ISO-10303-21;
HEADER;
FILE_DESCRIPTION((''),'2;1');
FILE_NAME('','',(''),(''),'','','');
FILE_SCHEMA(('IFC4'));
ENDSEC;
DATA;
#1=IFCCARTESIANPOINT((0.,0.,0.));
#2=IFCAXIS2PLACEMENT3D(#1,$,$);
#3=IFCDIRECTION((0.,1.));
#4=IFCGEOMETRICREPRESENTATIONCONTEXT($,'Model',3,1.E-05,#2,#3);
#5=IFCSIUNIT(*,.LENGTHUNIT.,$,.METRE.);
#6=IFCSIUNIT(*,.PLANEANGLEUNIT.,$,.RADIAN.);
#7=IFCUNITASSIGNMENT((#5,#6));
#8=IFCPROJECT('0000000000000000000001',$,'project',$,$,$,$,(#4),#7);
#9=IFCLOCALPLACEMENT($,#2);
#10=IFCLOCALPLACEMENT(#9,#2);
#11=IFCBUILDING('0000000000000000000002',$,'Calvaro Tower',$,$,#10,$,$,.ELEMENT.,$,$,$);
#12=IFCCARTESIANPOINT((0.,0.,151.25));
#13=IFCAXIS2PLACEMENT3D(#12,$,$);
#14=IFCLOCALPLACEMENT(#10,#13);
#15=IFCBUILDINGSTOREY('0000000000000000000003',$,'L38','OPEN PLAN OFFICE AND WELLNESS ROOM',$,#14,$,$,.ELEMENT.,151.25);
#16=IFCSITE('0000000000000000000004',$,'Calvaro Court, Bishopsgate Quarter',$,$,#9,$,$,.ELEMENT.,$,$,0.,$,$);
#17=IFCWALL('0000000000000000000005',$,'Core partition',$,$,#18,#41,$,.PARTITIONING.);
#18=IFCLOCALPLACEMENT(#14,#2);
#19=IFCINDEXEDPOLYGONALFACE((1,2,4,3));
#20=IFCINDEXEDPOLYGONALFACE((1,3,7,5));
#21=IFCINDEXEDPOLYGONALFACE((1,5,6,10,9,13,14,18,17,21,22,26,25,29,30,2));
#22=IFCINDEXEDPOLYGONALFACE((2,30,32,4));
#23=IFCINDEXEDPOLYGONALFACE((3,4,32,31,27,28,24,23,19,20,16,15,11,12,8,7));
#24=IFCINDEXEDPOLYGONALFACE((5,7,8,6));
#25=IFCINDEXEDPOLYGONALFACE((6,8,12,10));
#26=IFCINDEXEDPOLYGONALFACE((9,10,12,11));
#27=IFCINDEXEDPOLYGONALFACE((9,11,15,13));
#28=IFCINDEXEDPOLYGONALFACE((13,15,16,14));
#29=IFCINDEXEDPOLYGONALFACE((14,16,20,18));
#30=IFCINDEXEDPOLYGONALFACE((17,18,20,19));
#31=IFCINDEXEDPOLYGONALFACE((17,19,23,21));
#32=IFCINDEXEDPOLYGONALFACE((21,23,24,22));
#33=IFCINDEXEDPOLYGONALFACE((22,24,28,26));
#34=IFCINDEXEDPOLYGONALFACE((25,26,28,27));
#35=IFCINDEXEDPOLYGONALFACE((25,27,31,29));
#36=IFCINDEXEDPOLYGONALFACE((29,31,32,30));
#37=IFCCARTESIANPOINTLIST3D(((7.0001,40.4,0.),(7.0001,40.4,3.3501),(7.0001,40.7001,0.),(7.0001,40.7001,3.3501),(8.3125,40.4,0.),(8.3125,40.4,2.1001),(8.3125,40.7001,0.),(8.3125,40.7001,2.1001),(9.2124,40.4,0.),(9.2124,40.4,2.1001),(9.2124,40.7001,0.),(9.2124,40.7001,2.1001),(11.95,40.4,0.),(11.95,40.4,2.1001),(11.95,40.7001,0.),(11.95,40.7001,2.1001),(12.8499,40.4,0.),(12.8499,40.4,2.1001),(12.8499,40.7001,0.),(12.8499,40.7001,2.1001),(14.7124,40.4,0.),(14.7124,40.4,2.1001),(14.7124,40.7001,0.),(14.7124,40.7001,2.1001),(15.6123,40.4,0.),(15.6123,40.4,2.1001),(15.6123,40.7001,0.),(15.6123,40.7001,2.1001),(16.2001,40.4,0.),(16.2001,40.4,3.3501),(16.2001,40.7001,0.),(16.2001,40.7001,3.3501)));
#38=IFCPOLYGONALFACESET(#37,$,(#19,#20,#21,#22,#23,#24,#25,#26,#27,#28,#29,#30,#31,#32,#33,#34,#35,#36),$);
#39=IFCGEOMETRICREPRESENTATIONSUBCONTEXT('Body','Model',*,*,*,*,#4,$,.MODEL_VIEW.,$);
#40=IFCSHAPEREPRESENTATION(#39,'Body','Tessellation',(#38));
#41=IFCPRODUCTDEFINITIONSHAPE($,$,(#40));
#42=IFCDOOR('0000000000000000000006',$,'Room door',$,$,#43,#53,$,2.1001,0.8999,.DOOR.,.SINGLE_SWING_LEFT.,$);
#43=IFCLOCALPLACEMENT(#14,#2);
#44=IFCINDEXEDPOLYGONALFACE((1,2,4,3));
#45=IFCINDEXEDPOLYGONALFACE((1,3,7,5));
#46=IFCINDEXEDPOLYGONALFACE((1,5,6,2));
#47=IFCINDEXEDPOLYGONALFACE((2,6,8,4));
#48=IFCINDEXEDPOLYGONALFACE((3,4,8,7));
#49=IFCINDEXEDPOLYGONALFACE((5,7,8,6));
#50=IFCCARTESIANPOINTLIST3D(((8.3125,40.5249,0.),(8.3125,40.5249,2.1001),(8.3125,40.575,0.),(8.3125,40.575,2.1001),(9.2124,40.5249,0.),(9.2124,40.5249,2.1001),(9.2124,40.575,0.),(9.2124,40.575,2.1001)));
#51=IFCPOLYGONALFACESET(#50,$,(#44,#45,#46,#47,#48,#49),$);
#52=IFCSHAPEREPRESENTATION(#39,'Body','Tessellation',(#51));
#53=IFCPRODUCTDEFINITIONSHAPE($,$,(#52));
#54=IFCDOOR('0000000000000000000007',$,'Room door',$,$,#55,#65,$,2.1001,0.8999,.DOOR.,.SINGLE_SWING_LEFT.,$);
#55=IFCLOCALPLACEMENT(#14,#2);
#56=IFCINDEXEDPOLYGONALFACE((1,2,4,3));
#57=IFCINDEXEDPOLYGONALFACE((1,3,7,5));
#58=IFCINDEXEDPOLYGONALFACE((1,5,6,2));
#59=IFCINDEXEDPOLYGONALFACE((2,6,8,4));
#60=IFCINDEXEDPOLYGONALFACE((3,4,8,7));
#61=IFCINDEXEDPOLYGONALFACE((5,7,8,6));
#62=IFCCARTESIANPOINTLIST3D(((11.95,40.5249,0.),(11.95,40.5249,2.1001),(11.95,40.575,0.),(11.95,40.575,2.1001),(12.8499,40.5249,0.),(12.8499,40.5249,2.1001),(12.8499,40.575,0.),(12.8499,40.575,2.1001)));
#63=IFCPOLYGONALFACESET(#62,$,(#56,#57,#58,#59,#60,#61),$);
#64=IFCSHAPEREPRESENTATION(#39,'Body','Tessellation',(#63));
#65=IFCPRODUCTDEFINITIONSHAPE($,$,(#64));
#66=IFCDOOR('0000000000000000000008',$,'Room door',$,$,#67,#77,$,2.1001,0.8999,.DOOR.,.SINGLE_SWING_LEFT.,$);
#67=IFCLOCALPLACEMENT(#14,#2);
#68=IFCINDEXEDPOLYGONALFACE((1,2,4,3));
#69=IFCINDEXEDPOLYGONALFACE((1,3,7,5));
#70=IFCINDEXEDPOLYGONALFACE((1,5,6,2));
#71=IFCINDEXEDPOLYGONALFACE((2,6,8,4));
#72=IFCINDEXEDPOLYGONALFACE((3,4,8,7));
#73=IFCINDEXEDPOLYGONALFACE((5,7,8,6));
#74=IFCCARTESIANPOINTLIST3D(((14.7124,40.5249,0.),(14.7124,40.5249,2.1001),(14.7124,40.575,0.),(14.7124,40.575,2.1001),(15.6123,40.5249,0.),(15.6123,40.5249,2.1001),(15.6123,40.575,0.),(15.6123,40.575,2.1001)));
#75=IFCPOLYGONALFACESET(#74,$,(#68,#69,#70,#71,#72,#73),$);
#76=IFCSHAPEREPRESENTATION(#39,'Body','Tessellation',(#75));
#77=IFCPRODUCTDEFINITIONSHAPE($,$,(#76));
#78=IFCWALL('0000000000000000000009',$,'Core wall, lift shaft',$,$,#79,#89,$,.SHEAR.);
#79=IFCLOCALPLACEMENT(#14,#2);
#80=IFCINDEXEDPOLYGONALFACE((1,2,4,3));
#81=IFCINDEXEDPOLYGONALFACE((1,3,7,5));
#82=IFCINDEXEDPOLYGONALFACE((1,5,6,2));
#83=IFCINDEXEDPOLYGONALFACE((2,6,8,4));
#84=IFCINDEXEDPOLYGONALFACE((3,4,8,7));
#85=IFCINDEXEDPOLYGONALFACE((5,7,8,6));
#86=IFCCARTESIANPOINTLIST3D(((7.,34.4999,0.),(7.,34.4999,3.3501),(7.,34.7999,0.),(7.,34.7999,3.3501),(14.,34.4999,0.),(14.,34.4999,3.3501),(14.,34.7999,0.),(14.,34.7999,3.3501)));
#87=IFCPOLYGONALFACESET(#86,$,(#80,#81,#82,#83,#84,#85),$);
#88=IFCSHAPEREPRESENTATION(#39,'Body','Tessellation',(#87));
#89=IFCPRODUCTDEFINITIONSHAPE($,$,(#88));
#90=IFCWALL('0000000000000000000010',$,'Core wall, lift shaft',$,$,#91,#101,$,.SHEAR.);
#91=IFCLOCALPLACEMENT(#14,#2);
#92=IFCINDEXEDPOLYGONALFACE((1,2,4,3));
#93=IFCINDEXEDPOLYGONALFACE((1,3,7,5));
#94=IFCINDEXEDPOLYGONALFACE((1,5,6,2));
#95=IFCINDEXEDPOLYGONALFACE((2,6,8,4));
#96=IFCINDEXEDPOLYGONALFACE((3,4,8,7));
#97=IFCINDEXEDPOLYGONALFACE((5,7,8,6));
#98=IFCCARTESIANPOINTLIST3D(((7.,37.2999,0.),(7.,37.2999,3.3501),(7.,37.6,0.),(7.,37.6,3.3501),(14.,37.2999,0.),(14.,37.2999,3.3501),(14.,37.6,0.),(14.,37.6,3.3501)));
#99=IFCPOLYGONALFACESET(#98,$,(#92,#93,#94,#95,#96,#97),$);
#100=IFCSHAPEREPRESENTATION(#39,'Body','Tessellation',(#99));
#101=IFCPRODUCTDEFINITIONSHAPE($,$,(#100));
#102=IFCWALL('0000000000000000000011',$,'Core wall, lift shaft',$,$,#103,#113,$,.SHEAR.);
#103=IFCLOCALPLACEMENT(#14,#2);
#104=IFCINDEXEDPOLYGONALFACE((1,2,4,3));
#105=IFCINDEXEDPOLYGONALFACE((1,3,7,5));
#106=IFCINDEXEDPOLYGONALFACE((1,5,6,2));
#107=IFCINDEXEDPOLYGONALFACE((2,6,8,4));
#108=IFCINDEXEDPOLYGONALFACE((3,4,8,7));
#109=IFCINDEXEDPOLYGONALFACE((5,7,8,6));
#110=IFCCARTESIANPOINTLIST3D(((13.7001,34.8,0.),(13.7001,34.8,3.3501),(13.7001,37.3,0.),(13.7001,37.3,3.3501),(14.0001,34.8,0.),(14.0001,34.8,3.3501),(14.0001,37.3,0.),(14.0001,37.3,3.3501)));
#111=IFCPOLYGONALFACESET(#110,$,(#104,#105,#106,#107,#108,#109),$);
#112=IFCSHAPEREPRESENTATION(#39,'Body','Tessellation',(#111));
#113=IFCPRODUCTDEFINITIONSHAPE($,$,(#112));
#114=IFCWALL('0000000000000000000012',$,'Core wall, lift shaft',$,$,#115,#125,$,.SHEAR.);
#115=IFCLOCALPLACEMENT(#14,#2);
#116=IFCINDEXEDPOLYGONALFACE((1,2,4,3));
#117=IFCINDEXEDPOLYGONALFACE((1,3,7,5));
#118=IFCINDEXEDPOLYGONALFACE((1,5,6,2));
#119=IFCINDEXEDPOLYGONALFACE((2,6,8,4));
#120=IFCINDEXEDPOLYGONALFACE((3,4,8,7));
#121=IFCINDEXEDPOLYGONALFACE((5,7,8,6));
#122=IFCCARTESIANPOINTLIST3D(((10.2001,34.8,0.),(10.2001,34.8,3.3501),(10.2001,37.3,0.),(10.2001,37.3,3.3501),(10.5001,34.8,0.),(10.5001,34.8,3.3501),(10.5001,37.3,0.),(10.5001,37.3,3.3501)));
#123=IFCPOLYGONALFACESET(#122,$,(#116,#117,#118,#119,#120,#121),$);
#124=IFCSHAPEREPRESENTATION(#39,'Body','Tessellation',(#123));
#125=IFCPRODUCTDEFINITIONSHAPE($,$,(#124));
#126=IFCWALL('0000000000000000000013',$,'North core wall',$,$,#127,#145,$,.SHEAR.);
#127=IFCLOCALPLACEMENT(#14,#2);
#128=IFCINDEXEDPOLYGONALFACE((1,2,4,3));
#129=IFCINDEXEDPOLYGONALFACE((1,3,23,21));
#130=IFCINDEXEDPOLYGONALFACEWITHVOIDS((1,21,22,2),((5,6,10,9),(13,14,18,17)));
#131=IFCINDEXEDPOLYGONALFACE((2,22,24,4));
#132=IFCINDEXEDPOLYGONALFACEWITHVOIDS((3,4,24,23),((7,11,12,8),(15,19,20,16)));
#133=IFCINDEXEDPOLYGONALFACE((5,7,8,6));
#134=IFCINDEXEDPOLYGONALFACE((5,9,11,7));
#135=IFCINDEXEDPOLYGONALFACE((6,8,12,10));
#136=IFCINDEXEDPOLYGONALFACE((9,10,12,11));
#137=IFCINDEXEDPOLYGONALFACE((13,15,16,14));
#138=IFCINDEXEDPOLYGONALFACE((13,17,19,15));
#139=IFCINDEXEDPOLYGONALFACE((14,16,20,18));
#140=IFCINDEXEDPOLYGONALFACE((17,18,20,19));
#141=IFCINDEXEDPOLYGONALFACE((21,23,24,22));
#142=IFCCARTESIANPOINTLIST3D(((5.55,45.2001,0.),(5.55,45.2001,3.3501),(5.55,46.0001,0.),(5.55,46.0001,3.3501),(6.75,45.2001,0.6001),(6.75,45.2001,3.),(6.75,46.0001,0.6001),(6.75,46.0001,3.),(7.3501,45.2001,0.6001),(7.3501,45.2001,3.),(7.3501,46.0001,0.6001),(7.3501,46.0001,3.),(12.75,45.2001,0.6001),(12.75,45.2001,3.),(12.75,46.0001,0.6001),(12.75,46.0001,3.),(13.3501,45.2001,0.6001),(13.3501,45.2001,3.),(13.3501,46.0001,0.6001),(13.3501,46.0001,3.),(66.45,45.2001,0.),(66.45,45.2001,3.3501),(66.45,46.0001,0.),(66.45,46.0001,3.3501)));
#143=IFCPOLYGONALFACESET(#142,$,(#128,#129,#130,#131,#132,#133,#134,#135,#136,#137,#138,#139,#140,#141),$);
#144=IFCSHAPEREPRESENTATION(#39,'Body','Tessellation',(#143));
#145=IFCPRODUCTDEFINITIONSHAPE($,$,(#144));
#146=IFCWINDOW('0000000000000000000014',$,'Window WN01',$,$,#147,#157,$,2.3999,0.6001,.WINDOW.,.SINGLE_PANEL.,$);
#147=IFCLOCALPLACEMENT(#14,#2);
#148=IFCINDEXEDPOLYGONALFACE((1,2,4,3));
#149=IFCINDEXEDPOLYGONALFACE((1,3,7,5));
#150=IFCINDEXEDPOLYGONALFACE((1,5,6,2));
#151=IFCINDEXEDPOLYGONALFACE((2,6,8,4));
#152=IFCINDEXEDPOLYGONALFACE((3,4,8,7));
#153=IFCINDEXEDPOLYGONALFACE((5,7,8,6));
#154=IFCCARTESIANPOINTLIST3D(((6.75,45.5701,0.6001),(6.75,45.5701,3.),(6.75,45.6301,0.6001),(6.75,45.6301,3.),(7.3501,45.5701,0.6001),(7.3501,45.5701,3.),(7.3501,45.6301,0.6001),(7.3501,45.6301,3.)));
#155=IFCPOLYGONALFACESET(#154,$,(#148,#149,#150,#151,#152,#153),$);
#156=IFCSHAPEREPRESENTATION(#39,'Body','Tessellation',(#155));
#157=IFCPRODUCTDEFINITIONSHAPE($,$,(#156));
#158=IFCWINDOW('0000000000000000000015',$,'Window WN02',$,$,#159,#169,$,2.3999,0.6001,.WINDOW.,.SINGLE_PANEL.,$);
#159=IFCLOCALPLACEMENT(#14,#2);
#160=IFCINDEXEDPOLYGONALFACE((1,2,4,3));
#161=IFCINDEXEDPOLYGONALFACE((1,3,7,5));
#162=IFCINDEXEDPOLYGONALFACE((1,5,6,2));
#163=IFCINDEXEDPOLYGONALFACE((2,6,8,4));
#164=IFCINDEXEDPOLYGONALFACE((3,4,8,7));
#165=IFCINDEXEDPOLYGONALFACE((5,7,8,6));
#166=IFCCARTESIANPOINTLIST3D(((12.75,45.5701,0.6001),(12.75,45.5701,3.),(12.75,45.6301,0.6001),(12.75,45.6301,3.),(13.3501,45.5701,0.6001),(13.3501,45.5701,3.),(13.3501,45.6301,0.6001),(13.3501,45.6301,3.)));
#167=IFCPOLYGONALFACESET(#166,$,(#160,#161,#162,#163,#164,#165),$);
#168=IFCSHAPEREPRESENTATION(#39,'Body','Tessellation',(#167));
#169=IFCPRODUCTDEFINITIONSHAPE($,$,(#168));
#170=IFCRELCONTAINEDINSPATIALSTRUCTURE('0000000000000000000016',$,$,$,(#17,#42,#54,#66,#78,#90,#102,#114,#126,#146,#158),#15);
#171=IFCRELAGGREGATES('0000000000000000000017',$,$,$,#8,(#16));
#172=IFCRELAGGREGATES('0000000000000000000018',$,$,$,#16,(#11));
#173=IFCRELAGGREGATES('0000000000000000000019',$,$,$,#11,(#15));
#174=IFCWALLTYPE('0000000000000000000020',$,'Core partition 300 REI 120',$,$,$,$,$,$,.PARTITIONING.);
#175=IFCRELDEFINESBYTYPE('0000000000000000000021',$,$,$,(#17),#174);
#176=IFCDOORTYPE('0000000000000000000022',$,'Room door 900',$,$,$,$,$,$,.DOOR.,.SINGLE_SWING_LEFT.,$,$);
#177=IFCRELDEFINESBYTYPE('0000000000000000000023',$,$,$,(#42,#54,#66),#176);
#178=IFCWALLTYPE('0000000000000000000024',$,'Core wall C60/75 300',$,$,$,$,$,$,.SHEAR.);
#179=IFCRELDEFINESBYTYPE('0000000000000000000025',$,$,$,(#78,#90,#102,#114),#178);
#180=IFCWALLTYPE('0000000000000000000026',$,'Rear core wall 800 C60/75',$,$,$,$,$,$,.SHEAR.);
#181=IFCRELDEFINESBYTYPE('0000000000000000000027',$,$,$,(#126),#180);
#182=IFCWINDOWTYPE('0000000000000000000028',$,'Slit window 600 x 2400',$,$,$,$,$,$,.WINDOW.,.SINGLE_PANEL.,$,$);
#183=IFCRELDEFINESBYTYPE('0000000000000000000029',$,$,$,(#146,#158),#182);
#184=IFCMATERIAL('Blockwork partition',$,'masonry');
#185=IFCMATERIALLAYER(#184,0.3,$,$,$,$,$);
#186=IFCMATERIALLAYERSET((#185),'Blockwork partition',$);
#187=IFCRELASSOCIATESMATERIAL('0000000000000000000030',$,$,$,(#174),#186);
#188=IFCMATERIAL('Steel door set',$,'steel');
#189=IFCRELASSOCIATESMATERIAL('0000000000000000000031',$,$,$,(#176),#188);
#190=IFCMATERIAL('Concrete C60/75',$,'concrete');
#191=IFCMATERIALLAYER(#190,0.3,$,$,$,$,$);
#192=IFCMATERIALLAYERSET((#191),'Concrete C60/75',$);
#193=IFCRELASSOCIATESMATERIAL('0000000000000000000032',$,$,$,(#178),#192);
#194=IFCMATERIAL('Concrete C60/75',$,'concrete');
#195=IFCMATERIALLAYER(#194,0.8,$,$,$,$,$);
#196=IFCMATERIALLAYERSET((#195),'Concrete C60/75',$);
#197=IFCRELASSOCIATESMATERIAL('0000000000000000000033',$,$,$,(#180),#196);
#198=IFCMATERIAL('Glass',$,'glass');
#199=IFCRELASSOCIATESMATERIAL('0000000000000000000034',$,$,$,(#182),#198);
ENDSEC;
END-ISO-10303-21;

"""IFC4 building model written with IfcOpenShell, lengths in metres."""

from ifc_helpers import new_model, si_unit, direction, frame, frame_2d, origin, place, context, subcontext, project, spatial, rectangle, extrude, material, layer, layer_set, type_object, element, fill, save


model = new_model("IFC4")

# Units and contexts
model_context = context("Model", 3, precision=1e-05, world=origin(), true_north=direction((0.0, 1.0)))
body_context = subcontext(model_context, "Body", "Model", "MODEL_VIEW")
ifc_project = project(units=[si_unit("LENGTHUNIT", "METRE"), si_unit("PLANEANGLEUNIT", "RADIAN")], contexts=[model_context])

# Site, building, storey
site_placement = place(None, origin())
site = spatial("IfcSite", under=ifc_project, at=site_placement, Name="Calvaro Court, Bishopsgate Quarter", CompositionType="ELEMENT", RefElevation=0.0)
building_placement = place(site_placement, origin())
building = spatial("IfcBuilding", under=site, at=building_placement, Name="Calvaro Tower", CompositionType="ELEMENT")
storey_placement = place(building_placement, frame((0.0, 0.0, 151.25)))
storey = spatial("IfcBuildingStorey", under=building, at=storey_placement, Name="L38", Description="OPEN PLAN OFFICE AND WELLNESS ROOM", CompositionType="ELEMENT", Elevation=151.25)

# Wall, openings, doors
ifc_material_1 = material(Name="Blockwork partition", Category="masonry")
ifc_layer_1 = layer(ifc_material_1, 0.3)
ifc_layer_set_1 = layer_set([ifc_layer_1], Name="Blockwork partition")
wall_type_1 = type_object("IfcWallType", Name="Core partition 300 REI 120", PredefinedType="PARTITIONING", material=ifc_layer_set_1)
wall_1_placement = place(storey_placement, frame((7.0, 40.55, 0.0), z_axis=(0.0, 0.0, 1.0), x_axis=(1.0, 0.0, 0.0)))
wall_1 = element("IfcWall", 1, at=wall_1_placement, inside=storey, type_object=wall_type_1, Name="Core partition", PredefinedType="PARTITIONING", context=body_context, shape_type="SweptSolid", body=[
    extrude(rectangle(XDim=9.2, YDim=0.3, at=frame_2d((4.6001, 0.0))), origin(), (0.0, 0.0, 1.0), 3.3501),
])
opening_1_placement = place(wall_1_placement, frame((1.3125, 0.0, 0.0)))
opening_1 = element("IfcOpeningElement", 2, at=opening_1_placement, cuts=wall_1, PredefinedType="OPENING", context=body_context, shape_type="SweptSolid", body=[
    extrude(rectangle(XDim=0.8999, YDim=2.1001, at=frame_2d((0.45, 1.05))), frame((0.0, 0.1599, 0.0), z_axis=(0.0, -1.0, 0.0), x_axis=(1.0, 0.0, 0.0)), (0.0, 0.0, 1.0), 0.3201),
])
opening_2_placement = place(wall_1_placement, frame((4.95, 0.0, 0.0)))
opening_2 = element("IfcOpeningElement", 3, at=opening_2_placement, cuts=wall_1, PredefinedType="OPENING", context=body_context, shape_type="SweptSolid", body=[
    extrude(rectangle(XDim=0.8999, YDim=2.1001, at=frame_2d((0.45, 1.05))), frame((0.0, 0.1599, 0.0), z_axis=(0.0, -1.0, 0.0), x_axis=(1.0, 0.0, 0.0)), (0.0, 0.0, 1.0), 0.3201),
])
opening_3_placement = place(wall_1_placement, frame((7.7124, 0.0, 0.0)))
opening_3 = element("IfcOpeningElement", 4, at=opening_3_placement, cuts=wall_1, PredefinedType="OPENING", context=body_context, shape_type="SweptSolid", body=[
    extrude(rectangle(XDim=0.8999, YDim=2.1001, at=frame_2d((0.45, 1.05))), frame((0.0, 0.1599, 0.0), z_axis=(0.0, -1.0, 0.0), x_axis=(1.0, 0.0, 0.0)), (0.0, 0.0, 1.0), 0.3201),
])
ifc_material_2 = material(Name="Steel door set", Category="steel")
door_type = type_object("IfcDoorType", Name="Room door 900", OperationType="SINGLE_SWING_LEFT", PredefinedType="DOOR", material=ifc_material_2)
door_1_placement = place(opening_1_placement, origin())
door_1 = element("IfcDoor", 5, at=door_1_placement, inside=storey, type_object=door_type, Name="Room door", OperationType="SINGLE_SWING_LEFT", OverallHeight=2.1001, OverallWidth=0.8999, PredefinedType="DOOR", context=body_context, shape_type="SweptSolid", body=[
    extrude(rectangle(XDim=0.8999, YDim=2.1001, at=frame_2d((0.45, 1.05))), frame((0.0, 0.0249, 0.0), z_axis=(0.0, -1.0, 0.0), x_axis=(1.0, 0.0, 0.0)), (0.0, 0.0, 1.0), 0.05),
])
fill(opening_1, door_1)
door_2_placement = place(opening_2_placement, origin())
door_2 = element("IfcDoor", 6, at=door_2_placement, inside=storey, type_object=door_type, Name="Room door", OperationType="SINGLE_SWING_LEFT", OverallHeight=2.1001, OverallWidth=0.8999, PredefinedType="DOOR", context=body_context, shape_type="SweptSolid", body=[
    extrude(rectangle(XDim=0.8999, YDim=2.1001, at=frame_2d((0.45, 1.05))), frame((0.0, 0.0249, 0.0), z_axis=(0.0, -1.0, 0.0), x_axis=(1.0, 0.0, 0.0)), (0.0, 0.0, 1.0), 0.05),
])
fill(opening_2, door_2)
door_3_placement = place(opening_3_placement, origin())
door_3 = element("IfcDoor", 7, at=door_3_placement, inside=storey, type_object=door_type, Name="Room door", OperationType="SINGLE_SWING_LEFT", OverallHeight=2.1001, OverallWidth=0.8999, PredefinedType="DOOR", context=body_context, shape_type="SweptSolid", body=[
    extrude(rectangle(XDim=0.8999, YDim=2.1001, at=frame_2d((0.45, 1.05))), frame((0.0, 0.0249, 0.0), z_axis=(0.0, -1.0, 0.0), x_axis=(1.0, 0.0, 0.0)), (0.0, 0.0, 1.0), 0.05),
])
fill(opening_3, door_3)

# Walls
ifc_material_3 = material(Name="Concrete C60/75", Category="concrete")
ifc_layer_2 = layer(ifc_material_3, 0.3)
ifc_layer_set_2 = layer_set([ifc_layer_2], Name="Concrete C60/75")
wall_type_2 = type_object("IfcWallType", Name="Core wall C60/75 300", PredefinedType="SHEAR", material=ifc_layer_set_2)
for number, where, z_axis, x_axis, name in (
    (8, (7.0, 34.6499, 0.0), (0.0, 0.0, 1.0), (1.0, 0.0, 0.0), "Core wall, lift shaft"),
    (9, (7.0, 37.45, 0.0), (0.0, 0.0, 1.0), (1.0, 0.0, 0.0), "Core wall, lift shaft"),
):
    element("IfcWall", number, at=place(storey_placement, frame(where, z_axis=z_axis, x_axis=x_axis)), inside=storey, type_object=wall_type_2, Name=name, PredefinedType="SHEAR", context=body_context, shape_type="SweptSolid", body=[
        extrude(rectangle(XDim=7.0, YDim=0.3, at=frame_2d((3.5, 0.0))), origin(), (0.0, 0.0, 1.0), 3.3501),
    ])
for number, where, z_axis, x_axis, name in (
    (10, (13.8501, 34.8, 0.0), (0.0, 0.0, 1.0), (0.0, 1.0, 0.0), "Core wall, lift shaft"),
    (11, (10.3501, 34.8, 0.0), (0.0, 0.0, 1.0), (0.0, 1.0, 0.0), "Core wall, lift shaft"),
):
    element("IfcWall", number, at=place(storey_placement, frame(where, z_axis=z_axis, x_axis=x_axis)), inside=storey, type_object=wall_type_2, Name=name, PredefinedType="SHEAR", context=body_context, shape_type="SweptSolid", body=[
        extrude(rectangle(XDim=2.5, YDim=0.3, at=frame_2d((1.25, 0.0))), origin(), (0.0, 0.0, 1.0), 3.3501),
    ])

# Wall, openings, windows
ifc_material_4 = material(Name="Concrete C60/75", Category="concrete")
ifc_layer_3 = layer(ifc_material_4, 0.8)
ifc_layer_set_3 = layer_set([ifc_layer_3], Name="Concrete C60/75")
wall_type_3 = type_object("IfcWallType", Name="Rear core wall 800 C60/75", PredefinedType="SHEAR", material=ifc_layer_set_3)
wall_2_placement = place(storey_placement, frame((5.55, 45.6001, 0.0), z_axis=(0.0, 0.0, 1.0), x_axis=(1.0, 0.0, 0.0)))
wall_2 = element("IfcWall", 12, at=wall_2_placement, inside=storey, type_object=wall_type_3, Name="North core wall", PredefinedType="SHEAR", context=body_context, shape_type="SweptSolid", body=[
    extrude(rectangle(XDim=60.8999, YDim=0.8, at=frame_2d((30.45, 0.0))), origin(), (0.0, 0.0, 1.0), 3.3501),
])
opening_4_placement = place(wall_2_placement, frame((1.2, 0.0, 0.6001)))
opening_4 = element("IfcOpeningElement", 13, at=opening_4_placement, cuts=wall_2, PredefinedType="OPENING", context=body_context, shape_type="SweptSolid", body=[
    extrude(rectangle(XDim=0.6001, YDim=2.3999, at=frame_2d((0.3, 1.2))), frame((0.0, 0.4099, 0.0), z_axis=(0.0, -1.0, 0.0), x_axis=(1.0, 0.0, 0.0)), (0.0, 0.0, 1.0), 0.8201),
])
opening_5_placement = place(wall_2_placement, frame((7.2, 0.0, 0.6001)))
opening_5 = element("IfcOpeningElement", 14, at=opening_5_placement, cuts=wall_2, PredefinedType="OPENING", context=body_context, shape_type="SweptSolid", body=[
    extrude(rectangle(XDim=0.6001, YDim=2.3999, at=frame_2d((0.3, 1.2))), frame((0.0, 0.4099, 0.0), z_axis=(0.0, -1.0, 0.0), x_axis=(1.0, 0.0, 0.0)), (0.0, 0.0, 1.0), 0.8201),
])
ifc_material_5 = material(Name="Glass", Category="glass")
window_type = type_object("IfcWindowType", Name="Slit window 600 x 2400", PartitioningType="SINGLE_PANEL", PredefinedType="WINDOW", material=ifc_material_5)
window_1_placement = place(opening_4_placement, origin())
window_1 = element("IfcWindow", 15, at=window_1_placement, inside=storey, type_object=window_type, Name="Window WN01", OverallHeight=2.3999, OverallWidth=0.6001, PartitioningType="SINGLE_PANEL", PredefinedType="WINDOW", context=body_context, shape_type="SweptSolid", body=[
    extrude(rectangle(XDim=0.6001, YDim=2.3999, at=frame_2d((0.3, 1.2))), frame((0.0, 0.03, 0.0), z_axis=(0.0, -1.0, 0.0), x_axis=(1.0, 0.0, 0.0)), (0.0, 0.0, 1.0), 0.0601),
])
fill(opening_4, window_1)
window_2_placement = place(opening_5_placement, origin())
window_2 = element("IfcWindow", 16, at=window_2_placement, inside=storey, type_object=window_type, Name="Window WN02", OverallHeight=2.3999, OverallWidth=0.6001, PartitioningType="SINGLE_PANEL", PredefinedType="WINDOW", context=body_context, shape_type="SweptSolid", body=[
    extrude(rectangle(XDim=0.6001, YDim=2.3999, at=frame_2d((0.3, 1.2))), frame((0.0, 0.03, 0.0), z_axis=(0.0, -1.0, 0.0), x_axis=(1.0, 0.0, 0.0)), (0.0, 0.0, 1.0), 0.0601),
])
fill(opening_5, window_2)

save(model, "model.ifc")
